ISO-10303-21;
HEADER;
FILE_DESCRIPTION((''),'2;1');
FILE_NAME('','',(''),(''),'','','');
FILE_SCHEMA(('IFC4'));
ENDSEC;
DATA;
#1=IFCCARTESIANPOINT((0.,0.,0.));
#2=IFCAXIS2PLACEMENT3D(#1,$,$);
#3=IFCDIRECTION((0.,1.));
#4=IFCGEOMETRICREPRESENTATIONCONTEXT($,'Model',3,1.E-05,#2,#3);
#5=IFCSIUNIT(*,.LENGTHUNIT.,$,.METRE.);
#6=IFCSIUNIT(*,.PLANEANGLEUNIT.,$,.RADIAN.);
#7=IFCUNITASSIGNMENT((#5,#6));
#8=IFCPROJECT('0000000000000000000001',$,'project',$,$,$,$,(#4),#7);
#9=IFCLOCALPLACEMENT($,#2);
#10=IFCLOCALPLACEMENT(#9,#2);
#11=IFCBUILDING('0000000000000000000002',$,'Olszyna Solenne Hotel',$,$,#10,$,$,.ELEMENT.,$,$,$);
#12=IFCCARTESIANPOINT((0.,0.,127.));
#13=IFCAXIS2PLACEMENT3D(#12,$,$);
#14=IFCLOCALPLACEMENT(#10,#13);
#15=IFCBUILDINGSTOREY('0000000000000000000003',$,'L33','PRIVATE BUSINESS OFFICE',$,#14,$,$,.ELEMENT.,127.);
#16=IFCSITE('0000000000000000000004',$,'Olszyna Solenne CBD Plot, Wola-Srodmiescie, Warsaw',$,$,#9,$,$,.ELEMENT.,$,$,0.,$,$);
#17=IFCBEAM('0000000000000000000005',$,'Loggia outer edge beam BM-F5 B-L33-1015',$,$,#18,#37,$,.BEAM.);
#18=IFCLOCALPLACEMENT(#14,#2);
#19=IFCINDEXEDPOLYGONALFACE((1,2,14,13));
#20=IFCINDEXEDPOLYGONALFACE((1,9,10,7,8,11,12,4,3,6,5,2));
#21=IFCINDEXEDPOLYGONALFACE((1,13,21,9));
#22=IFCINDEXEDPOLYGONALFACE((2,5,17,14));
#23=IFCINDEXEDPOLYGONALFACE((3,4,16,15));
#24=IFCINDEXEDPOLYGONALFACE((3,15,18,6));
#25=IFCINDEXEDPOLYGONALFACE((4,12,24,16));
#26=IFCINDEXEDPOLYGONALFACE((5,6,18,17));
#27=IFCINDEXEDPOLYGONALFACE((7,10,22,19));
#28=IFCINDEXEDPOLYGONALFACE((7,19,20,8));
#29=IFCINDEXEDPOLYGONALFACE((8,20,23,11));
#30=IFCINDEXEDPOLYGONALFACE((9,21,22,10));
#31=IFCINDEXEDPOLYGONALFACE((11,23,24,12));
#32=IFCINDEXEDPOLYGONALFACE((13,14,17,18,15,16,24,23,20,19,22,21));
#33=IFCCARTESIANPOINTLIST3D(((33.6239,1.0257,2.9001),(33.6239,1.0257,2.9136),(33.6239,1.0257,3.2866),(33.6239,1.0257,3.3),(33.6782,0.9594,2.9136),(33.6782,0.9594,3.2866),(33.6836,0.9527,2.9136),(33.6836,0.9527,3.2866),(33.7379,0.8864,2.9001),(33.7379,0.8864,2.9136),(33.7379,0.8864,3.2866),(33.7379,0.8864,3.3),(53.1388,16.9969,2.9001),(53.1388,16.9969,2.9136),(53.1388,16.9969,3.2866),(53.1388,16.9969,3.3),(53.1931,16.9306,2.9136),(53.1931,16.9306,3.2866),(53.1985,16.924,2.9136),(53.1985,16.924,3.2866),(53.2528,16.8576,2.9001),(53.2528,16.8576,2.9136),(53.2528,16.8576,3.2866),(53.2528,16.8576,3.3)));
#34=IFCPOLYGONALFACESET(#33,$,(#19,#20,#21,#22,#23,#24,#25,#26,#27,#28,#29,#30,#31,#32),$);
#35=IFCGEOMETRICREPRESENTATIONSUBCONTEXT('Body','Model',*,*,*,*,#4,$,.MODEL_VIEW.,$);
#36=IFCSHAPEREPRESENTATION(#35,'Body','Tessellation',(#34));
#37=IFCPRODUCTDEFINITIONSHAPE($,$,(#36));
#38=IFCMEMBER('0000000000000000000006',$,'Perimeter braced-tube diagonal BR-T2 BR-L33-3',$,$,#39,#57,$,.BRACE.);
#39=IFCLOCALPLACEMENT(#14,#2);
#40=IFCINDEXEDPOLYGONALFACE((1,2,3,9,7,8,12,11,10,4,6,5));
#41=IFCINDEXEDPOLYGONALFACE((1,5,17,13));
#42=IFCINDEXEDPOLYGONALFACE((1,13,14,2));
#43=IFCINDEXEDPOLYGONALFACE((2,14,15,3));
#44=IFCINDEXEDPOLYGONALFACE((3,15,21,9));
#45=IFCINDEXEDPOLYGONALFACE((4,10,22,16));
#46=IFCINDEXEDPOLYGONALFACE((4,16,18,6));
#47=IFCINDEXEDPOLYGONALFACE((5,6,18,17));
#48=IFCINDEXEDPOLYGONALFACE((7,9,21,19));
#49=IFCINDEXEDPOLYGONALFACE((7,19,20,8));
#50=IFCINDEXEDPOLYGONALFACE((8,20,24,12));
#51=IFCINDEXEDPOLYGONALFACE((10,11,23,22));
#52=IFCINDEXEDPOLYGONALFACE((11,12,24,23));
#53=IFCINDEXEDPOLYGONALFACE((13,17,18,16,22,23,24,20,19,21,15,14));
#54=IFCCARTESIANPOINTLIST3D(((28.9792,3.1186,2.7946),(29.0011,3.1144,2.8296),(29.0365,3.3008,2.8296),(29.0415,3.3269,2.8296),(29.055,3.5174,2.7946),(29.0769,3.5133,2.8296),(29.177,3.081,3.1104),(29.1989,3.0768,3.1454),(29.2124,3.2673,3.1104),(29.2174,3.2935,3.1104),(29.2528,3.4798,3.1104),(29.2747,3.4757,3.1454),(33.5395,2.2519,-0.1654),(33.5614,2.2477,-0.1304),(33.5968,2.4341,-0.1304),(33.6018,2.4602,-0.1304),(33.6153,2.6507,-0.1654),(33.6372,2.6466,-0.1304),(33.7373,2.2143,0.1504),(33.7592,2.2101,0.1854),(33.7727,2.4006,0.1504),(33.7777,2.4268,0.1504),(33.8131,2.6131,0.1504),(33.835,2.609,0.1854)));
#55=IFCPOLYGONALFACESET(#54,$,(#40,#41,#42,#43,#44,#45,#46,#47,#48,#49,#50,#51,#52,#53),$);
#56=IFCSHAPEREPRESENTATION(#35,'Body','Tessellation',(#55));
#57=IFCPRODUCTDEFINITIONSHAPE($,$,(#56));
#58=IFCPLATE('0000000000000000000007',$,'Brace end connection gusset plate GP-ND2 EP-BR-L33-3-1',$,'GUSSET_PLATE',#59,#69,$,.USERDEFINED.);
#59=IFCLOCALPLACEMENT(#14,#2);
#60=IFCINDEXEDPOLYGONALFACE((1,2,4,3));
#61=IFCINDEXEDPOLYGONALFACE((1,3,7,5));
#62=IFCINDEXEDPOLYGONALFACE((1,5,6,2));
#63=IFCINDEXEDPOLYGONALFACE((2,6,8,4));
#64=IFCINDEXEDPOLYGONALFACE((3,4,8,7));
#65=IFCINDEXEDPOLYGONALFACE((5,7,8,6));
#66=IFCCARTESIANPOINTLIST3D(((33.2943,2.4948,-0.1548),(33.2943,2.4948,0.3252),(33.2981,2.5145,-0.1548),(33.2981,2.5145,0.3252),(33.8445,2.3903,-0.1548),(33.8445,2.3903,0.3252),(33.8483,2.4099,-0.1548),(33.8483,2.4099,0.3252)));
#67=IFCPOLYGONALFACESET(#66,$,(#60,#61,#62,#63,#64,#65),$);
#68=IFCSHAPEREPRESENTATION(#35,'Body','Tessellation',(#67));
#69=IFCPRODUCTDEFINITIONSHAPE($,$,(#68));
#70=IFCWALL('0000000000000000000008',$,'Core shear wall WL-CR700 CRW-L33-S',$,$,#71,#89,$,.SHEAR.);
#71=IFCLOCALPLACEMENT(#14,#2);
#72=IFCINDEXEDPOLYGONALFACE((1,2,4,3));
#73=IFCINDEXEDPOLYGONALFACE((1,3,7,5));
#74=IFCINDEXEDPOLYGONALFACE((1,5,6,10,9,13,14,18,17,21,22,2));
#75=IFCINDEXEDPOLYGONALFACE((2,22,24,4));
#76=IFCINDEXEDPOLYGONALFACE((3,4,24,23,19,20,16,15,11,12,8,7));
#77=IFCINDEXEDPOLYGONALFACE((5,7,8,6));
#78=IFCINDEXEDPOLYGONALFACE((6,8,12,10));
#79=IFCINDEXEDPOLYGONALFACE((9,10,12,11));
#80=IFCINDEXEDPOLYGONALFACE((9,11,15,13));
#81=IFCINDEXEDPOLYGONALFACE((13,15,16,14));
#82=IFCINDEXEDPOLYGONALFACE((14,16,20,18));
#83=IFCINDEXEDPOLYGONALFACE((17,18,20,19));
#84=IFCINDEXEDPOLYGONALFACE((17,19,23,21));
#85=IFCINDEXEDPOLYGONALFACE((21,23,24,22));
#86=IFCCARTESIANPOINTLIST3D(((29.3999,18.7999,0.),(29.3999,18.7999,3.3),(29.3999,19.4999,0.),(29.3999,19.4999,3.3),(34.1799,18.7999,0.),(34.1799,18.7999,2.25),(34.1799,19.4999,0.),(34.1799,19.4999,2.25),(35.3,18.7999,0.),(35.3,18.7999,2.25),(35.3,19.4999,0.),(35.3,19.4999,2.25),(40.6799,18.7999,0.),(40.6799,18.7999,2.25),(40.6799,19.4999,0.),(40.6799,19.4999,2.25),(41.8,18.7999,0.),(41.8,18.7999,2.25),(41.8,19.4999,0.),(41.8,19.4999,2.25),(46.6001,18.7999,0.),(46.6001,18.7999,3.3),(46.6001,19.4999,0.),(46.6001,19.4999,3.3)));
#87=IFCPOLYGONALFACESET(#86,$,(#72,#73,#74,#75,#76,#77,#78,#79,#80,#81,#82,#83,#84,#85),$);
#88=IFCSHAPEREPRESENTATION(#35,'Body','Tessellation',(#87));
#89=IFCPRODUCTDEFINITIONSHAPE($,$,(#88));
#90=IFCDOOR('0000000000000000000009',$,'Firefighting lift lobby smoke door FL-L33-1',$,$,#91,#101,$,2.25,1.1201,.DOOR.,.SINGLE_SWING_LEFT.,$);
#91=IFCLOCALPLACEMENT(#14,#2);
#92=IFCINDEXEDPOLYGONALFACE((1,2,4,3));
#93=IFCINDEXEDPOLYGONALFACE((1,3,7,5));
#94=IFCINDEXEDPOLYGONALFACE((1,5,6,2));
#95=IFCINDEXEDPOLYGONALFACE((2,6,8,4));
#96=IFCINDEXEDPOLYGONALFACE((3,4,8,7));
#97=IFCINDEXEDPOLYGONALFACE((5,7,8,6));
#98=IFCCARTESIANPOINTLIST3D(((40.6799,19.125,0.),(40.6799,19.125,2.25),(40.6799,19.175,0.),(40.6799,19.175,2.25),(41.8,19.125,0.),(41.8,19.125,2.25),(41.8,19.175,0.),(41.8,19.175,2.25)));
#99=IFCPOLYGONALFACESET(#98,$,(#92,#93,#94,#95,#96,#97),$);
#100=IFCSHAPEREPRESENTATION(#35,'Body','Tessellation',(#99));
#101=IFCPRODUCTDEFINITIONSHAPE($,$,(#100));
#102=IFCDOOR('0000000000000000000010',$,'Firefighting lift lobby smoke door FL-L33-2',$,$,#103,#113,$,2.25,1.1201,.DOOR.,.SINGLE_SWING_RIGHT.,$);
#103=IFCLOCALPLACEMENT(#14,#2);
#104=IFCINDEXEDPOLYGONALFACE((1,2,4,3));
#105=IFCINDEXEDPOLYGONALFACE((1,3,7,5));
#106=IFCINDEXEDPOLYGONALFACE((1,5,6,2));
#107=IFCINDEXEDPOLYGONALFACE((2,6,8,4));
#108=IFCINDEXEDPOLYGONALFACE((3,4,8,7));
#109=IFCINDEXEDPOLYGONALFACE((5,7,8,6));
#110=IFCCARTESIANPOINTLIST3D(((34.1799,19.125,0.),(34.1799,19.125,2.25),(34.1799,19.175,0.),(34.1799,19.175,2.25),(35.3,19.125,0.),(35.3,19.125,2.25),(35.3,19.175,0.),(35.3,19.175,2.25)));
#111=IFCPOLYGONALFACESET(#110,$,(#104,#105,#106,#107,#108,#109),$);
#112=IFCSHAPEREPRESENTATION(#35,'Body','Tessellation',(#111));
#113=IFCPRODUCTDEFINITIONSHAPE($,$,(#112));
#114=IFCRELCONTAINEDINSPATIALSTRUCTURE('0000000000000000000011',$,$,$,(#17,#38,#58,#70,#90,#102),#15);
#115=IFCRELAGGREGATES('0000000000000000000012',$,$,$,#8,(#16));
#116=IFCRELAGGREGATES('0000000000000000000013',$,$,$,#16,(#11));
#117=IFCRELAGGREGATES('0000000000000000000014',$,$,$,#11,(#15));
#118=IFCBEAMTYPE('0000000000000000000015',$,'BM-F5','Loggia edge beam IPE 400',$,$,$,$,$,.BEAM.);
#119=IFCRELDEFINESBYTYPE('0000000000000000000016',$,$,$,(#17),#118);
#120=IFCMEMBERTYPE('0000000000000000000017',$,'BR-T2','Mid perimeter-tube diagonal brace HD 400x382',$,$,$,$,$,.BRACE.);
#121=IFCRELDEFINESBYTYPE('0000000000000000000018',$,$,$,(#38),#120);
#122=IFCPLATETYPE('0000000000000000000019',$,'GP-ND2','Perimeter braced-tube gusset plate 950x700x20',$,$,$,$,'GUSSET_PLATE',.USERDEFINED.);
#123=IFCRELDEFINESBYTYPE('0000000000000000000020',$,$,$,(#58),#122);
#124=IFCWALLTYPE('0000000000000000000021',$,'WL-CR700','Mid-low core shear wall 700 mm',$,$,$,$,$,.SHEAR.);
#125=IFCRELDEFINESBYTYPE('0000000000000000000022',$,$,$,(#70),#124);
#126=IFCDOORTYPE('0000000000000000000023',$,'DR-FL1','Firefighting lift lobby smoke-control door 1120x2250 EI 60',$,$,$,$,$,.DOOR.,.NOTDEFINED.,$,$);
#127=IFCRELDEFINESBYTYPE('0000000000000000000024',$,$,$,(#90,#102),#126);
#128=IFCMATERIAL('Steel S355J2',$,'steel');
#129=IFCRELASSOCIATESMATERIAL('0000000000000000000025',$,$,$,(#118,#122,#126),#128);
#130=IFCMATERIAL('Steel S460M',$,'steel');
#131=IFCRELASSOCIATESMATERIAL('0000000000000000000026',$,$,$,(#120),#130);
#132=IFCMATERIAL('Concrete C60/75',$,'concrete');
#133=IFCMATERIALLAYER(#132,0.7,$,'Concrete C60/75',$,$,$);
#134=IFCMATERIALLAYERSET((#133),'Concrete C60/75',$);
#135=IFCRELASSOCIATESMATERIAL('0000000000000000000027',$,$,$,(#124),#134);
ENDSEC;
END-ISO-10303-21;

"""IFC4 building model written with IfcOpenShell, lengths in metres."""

from ifc_helpers import new_model, si_unit, direction, frame, frame_2d, origin, origin_2d, place, context, subcontext, project, spatial, rectangle, i_section, extrude, source, transform, mapped, material, layer, layer_set, material_profile, profile_set, type_object, type_shapes, element, fill, save


model = new_model("IFC4")

# Units and contexts
model_context = context("Model", 3, precision=1e-05, world=origin(), true_north=direction((0.0, 1.0)))
body_context = subcontext(model_context, "Body", "Model", "MODEL_VIEW")
ifc_project = project(units=[si_unit("LENGTHUNIT", "METRE"), si_unit("PLANEANGLEUNIT", "RADIAN")], contexts=[model_context])

# Site, building, storey
site_placement = place(None, origin())
site = spatial("IfcSite", under=ifc_project, at=site_placement, Name="Olszyna Solenne CBD Plot, Wola-Srodmiescie, Warsaw", CompositionType="ELEMENT", RefElevation=0.0)
building_placement = place(site_placement, origin())
building = spatial("IfcBuilding", under=site, at=building_placement, Name="Olszyna Solenne Hotel", CompositionType="ELEMENT")
storey_placement = place(building_placement, frame((0.0, 0.0, 127.0)))
storey = spatial("IfcBuildingStorey", under=building, at=storey_placement, Name="L33", Description="PRIVATE BUSINESS OFFICE", CompositionType="ELEMENT", Elevation=127.0)

# Shared definitions
ifc_material_1 = material(Name="Steel S460M", Category="steel")

# Beam
ifc_material_2 = material(Name="Steel S355J2", Category="steel")
ifc_material_profile_1 = material_profile(ifc_material_2, i_section(OverallWidth=0.1799, OverallDepth=0.3999, WebThickness=0.0085, FlangeThickness=0.0134, at=origin_2d()), Name="IPE 400", Category="load-bearing")
ifc_profile_set_1 = profile_set([ifc_material_profile_1], Name="Steel S355J2")
beam_type_1 = type_object("IfcBeamType", Name="BM-F5", Description="Loggia edge beam IPE 400", PredefinedType="BEAM", material=ifc_profile_set_1)
shared_shape_1 = source(origin(), body_context, "Body", "SweptSolid", [
    extrude(i_section(OverallWidth=0.1799, OverallDepth=0.3999, WebThickness=0.0085, FlangeThickness=0.0134, at=origin_2d()), origin(), (0.0, 0.0, 1.0), 25.2173),
])
beam_1_placement = place(storey_placement, frame((33.6809, 0.9561, 3.1001), z_axis=(0.773871, 0.633344, 0.0), x_axis=(-0.633344, 0.773871, 0.0)))
element("IfcBeam", 1, at=beam_1_placement, inside=storey, type_object=beam_type_1, Name="Loggia outer edge beam BM-F5 B-L33-1015", PredefinedType="BEAM", context=body_context, shape_type="MappedRepresentation", body=[
    mapped(shared_shape_1, transform((0.0, 0.0, 0.0), x_axis=(1.0, 0.0, 0.0), y_axis=(0.0, 1.0, 0.0), z_axis=(0.0, 0.0, 1.0), scale=1.0)),
])

# Member
ifc_material_profile_2 = material_profile(ifc_material_1, i_section(OverallWidth=0.406, OverallDepth=0.416, WebThickness=0.0266, FlangeThickness=0.0415, at=origin_2d()), Name="HD 400x382", Category="load-bearing")
ifc_profile_set_2 = profile_set([ifc_material_profile_2], Name="Steel S460M")
member_type = type_object("IfcMemberType", Name="BR-T2", Description="Mid perimeter-tube diagonal brace HD 400x382", PredefinedType="BRACE", material=ifc_profile_set_2)
shared_shape_2 = source(origin(), body_context, "Body", "SweptSolid", [
    extrude(i_section(OverallWidth=0.406, OverallDepth=0.416, WebThickness=0.0266, FlangeThickness=0.0415, at=origin_2d()), origin(), (0.0, 0.0, 1.0), 5.5054),
])
member_placement = place(storey_placement, frame((33.6873, 2.4304, 0.01), z_axis=(-0.82834, 0.157428, 0.537652), x_axis=(-0.186711, -0.982415, 0.0)))
element("IfcMember", 2, at=member_placement, inside=storey, type_object=member_type, Name="Perimeter braced-tube diagonal BR-T2 BR-L33-3", PredefinedType="BRACE", context=body_context, shape_type="MappedRepresentation", body=[
    mapped(shared_shape_2, transform((0.0, 0.0, 0.0), x_axis=(1.0, 0.0, 0.0), y_axis=(0.0, 1.0, 0.0), z_axis=(0.0, 0.0, 1.0), scale=1.0)),
])

# Plate
plate_type = type_object("IfcPlateType", Name="GP-ND2", Description="Perimeter braced-tube gusset plate 950x700x20", ElementType="GUSSET_PLATE", PredefinedType="USERDEFINED", material=ifc_material_2)
shared_shape_3 = source(origin(), body_context, "Body", "SweptSolid", [
    extrude(rectangle(XDim=0.5601, YDim=0.02, at=origin_2d()), origin(), (0.0, 0.0, 1.0), 0.48),
])
plate_placement = place(storey_placement, frame((33.5713, 2.4524, -0.1548), z_axis=(0.0, 0.0, 1.0), x_axis=(-0.982418, 0.186696, 0.0)))
element("IfcPlate", 3, at=plate_placement, inside=storey, type_object=plate_type, Name="Brace end connection gusset plate GP-ND2 EP-BR-L33-3-1", ObjectType="GUSSET_PLATE", PredefinedType="USERDEFINED", context=body_context, shape_type="MappedRepresentation", body=[
    mapped(shared_shape_3, transform((0.0, 0.0, 0.0), x_axis=(1.0, 0.0, 0.0), y_axis=(0.0, 1.0, 0.0), z_axis=(0.0, 0.0, 1.0), scale=1.0)),
])

# Wall, openings, doors
ifc_material_3 = material(Name="Concrete C60/75", Category="concrete")
ifc_layer_1 = layer(ifc_material_3, 0.7, Name="Concrete C60/75")
ifc_layer_set_1 = layer_set([ifc_layer_1], Name="Concrete C60/75")
wall_type_1 = type_object("IfcWallType", Name="WL-CR700", Description="Mid-low core shear wall 700 mm", PredefinedType="SHEAR", material=ifc_layer_set_1)
wall_1_placement = place(storey_placement, frame((46.6001, 19.1499, 0.0), z_axis=(0.0, 0.0, 1.0), x_axis=(-1.0, 0.0, 0.0)))
wall_1 = element("IfcWall", 4, at=wall_1_placement, inside=storey, type_object=wall_type_1, Name="Core shear wall WL-CR700 CRW-L33-S", PredefinedType="SHEAR", context=body_context, shape_type="SweptSolid", body=[
    extrude(rectangle(XDim=17.2002, YDim=0.7, at=frame_2d((8.6001, 0.0))), origin(), (0.0, 0.0, 1.0), 3.3),
])
opening_1_placement = place(wall_1_placement, frame((4.8, 0.0, 0.0)))
opening_1 = element("IfcOpeningElement", 5, at=opening_1_placement, cuts=wall_1, PredefinedType="OPENING", context=body_context, shape_type="SweptSolid", body=[
    extrude(rectangle(XDim=1.1201, YDim=2.25, at=frame_2d((0.5601, 1.125))), frame((0.0, 0.3599, 0.0), z_axis=(0.0, -1.0, 0.0), x_axis=(1.0, 0.0, 0.0)), (0.0, 0.0, 1.0), 0.72),
])
opening_2_placement = place(wall_1_placement, frame((11.3, 0.0, 0.0)))
opening_2 = element("IfcOpeningElement", 6, at=opening_2_placement, cuts=wall_1, PredefinedType="OPENING", context=body_context, shape_type="SweptSolid", body=[
    extrude(rectangle(XDim=1.1201, YDim=2.25, at=frame_2d((0.5601, 1.125))), frame((0.0, 0.3599, 0.0), z_axis=(0.0, -1.0, 0.0), x_axis=(1.0, 0.0, 0.0)), (0.0, 0.0, 1.0), 0.72),
])
door_type_1 = type_object("IfcDoorType", Name="DR-FL1", Description="Firefighting lift lobby smoke-control door 1120x2250 EI 60", OperationType="NOTDEFINED", PredefinedType="DOOR", material=ifc_material_2)
shared_shape_4 = source(origin(), body_context, "Body", "SweptSolid", [
    extrude(rectangle(XDim=1.1201, YDim=2.25, at=frame_2d((0.5601, 1.125))), frame((0.0, 0.0249, 0.0), z_axis=(0.0, -1.0, 0.0), x_axis=(1.0, 0.0, 0.0)), (0.0, 0.0, 1.0), 0.05),
])
type_shapes(door_type_1, [shared_shape_4])
door_1_placement = place(opening_1_placement, origin())
door_1 = element("IfcDoor", 7, at=door_1_placement, inside=storey, type_object=door_type_1, Name="Firefighting lift lobby smoke door FL-L33-1", OperationType="SINGLE_SWING_LEFT", OverallHeight=2.25, OverallWidth=1.1201, PredefinedType="DOOR", context=body_context, shape_type="MappedRepresentation", body=[
    mapped(shared_shape_4, transform((0.0, 0.0, 0.0), x_axis=(1.0, 0.0, 0.0), y_axis=(0.0, 1.0, 0.0), z_axis=(0.0, 0.0, 1.0), scale=1.0)),
])
fill(opening_1, door_1)
door_2_placement = place(opening_2_placement, origin())
door_2 = element("IfcDoor", 8, at=door_2_placement, inside=storey, type_object=door_type_1, Name="Firefighting lift lobby smoke door FL-L33-2", OperationType="SINGLE_SWING_RIGHT", OverallHeight=2.25, OverallWidth=1.1201, PredefinedType="DOOR", context=body_context, shape_type="MappedRepresentation", body=[
    mapped(shared_shape_4, transform((0.0, 0.0, 0.0), x_axis=(1.0, 0.0, 0.0), y_axis=(0.0, 1.0, 0.0), z_axis=(0.0, 0.0, 1.0), scale=1.0)),
])
fill(opening_2, door_2)

save(model, "model.ifc")
